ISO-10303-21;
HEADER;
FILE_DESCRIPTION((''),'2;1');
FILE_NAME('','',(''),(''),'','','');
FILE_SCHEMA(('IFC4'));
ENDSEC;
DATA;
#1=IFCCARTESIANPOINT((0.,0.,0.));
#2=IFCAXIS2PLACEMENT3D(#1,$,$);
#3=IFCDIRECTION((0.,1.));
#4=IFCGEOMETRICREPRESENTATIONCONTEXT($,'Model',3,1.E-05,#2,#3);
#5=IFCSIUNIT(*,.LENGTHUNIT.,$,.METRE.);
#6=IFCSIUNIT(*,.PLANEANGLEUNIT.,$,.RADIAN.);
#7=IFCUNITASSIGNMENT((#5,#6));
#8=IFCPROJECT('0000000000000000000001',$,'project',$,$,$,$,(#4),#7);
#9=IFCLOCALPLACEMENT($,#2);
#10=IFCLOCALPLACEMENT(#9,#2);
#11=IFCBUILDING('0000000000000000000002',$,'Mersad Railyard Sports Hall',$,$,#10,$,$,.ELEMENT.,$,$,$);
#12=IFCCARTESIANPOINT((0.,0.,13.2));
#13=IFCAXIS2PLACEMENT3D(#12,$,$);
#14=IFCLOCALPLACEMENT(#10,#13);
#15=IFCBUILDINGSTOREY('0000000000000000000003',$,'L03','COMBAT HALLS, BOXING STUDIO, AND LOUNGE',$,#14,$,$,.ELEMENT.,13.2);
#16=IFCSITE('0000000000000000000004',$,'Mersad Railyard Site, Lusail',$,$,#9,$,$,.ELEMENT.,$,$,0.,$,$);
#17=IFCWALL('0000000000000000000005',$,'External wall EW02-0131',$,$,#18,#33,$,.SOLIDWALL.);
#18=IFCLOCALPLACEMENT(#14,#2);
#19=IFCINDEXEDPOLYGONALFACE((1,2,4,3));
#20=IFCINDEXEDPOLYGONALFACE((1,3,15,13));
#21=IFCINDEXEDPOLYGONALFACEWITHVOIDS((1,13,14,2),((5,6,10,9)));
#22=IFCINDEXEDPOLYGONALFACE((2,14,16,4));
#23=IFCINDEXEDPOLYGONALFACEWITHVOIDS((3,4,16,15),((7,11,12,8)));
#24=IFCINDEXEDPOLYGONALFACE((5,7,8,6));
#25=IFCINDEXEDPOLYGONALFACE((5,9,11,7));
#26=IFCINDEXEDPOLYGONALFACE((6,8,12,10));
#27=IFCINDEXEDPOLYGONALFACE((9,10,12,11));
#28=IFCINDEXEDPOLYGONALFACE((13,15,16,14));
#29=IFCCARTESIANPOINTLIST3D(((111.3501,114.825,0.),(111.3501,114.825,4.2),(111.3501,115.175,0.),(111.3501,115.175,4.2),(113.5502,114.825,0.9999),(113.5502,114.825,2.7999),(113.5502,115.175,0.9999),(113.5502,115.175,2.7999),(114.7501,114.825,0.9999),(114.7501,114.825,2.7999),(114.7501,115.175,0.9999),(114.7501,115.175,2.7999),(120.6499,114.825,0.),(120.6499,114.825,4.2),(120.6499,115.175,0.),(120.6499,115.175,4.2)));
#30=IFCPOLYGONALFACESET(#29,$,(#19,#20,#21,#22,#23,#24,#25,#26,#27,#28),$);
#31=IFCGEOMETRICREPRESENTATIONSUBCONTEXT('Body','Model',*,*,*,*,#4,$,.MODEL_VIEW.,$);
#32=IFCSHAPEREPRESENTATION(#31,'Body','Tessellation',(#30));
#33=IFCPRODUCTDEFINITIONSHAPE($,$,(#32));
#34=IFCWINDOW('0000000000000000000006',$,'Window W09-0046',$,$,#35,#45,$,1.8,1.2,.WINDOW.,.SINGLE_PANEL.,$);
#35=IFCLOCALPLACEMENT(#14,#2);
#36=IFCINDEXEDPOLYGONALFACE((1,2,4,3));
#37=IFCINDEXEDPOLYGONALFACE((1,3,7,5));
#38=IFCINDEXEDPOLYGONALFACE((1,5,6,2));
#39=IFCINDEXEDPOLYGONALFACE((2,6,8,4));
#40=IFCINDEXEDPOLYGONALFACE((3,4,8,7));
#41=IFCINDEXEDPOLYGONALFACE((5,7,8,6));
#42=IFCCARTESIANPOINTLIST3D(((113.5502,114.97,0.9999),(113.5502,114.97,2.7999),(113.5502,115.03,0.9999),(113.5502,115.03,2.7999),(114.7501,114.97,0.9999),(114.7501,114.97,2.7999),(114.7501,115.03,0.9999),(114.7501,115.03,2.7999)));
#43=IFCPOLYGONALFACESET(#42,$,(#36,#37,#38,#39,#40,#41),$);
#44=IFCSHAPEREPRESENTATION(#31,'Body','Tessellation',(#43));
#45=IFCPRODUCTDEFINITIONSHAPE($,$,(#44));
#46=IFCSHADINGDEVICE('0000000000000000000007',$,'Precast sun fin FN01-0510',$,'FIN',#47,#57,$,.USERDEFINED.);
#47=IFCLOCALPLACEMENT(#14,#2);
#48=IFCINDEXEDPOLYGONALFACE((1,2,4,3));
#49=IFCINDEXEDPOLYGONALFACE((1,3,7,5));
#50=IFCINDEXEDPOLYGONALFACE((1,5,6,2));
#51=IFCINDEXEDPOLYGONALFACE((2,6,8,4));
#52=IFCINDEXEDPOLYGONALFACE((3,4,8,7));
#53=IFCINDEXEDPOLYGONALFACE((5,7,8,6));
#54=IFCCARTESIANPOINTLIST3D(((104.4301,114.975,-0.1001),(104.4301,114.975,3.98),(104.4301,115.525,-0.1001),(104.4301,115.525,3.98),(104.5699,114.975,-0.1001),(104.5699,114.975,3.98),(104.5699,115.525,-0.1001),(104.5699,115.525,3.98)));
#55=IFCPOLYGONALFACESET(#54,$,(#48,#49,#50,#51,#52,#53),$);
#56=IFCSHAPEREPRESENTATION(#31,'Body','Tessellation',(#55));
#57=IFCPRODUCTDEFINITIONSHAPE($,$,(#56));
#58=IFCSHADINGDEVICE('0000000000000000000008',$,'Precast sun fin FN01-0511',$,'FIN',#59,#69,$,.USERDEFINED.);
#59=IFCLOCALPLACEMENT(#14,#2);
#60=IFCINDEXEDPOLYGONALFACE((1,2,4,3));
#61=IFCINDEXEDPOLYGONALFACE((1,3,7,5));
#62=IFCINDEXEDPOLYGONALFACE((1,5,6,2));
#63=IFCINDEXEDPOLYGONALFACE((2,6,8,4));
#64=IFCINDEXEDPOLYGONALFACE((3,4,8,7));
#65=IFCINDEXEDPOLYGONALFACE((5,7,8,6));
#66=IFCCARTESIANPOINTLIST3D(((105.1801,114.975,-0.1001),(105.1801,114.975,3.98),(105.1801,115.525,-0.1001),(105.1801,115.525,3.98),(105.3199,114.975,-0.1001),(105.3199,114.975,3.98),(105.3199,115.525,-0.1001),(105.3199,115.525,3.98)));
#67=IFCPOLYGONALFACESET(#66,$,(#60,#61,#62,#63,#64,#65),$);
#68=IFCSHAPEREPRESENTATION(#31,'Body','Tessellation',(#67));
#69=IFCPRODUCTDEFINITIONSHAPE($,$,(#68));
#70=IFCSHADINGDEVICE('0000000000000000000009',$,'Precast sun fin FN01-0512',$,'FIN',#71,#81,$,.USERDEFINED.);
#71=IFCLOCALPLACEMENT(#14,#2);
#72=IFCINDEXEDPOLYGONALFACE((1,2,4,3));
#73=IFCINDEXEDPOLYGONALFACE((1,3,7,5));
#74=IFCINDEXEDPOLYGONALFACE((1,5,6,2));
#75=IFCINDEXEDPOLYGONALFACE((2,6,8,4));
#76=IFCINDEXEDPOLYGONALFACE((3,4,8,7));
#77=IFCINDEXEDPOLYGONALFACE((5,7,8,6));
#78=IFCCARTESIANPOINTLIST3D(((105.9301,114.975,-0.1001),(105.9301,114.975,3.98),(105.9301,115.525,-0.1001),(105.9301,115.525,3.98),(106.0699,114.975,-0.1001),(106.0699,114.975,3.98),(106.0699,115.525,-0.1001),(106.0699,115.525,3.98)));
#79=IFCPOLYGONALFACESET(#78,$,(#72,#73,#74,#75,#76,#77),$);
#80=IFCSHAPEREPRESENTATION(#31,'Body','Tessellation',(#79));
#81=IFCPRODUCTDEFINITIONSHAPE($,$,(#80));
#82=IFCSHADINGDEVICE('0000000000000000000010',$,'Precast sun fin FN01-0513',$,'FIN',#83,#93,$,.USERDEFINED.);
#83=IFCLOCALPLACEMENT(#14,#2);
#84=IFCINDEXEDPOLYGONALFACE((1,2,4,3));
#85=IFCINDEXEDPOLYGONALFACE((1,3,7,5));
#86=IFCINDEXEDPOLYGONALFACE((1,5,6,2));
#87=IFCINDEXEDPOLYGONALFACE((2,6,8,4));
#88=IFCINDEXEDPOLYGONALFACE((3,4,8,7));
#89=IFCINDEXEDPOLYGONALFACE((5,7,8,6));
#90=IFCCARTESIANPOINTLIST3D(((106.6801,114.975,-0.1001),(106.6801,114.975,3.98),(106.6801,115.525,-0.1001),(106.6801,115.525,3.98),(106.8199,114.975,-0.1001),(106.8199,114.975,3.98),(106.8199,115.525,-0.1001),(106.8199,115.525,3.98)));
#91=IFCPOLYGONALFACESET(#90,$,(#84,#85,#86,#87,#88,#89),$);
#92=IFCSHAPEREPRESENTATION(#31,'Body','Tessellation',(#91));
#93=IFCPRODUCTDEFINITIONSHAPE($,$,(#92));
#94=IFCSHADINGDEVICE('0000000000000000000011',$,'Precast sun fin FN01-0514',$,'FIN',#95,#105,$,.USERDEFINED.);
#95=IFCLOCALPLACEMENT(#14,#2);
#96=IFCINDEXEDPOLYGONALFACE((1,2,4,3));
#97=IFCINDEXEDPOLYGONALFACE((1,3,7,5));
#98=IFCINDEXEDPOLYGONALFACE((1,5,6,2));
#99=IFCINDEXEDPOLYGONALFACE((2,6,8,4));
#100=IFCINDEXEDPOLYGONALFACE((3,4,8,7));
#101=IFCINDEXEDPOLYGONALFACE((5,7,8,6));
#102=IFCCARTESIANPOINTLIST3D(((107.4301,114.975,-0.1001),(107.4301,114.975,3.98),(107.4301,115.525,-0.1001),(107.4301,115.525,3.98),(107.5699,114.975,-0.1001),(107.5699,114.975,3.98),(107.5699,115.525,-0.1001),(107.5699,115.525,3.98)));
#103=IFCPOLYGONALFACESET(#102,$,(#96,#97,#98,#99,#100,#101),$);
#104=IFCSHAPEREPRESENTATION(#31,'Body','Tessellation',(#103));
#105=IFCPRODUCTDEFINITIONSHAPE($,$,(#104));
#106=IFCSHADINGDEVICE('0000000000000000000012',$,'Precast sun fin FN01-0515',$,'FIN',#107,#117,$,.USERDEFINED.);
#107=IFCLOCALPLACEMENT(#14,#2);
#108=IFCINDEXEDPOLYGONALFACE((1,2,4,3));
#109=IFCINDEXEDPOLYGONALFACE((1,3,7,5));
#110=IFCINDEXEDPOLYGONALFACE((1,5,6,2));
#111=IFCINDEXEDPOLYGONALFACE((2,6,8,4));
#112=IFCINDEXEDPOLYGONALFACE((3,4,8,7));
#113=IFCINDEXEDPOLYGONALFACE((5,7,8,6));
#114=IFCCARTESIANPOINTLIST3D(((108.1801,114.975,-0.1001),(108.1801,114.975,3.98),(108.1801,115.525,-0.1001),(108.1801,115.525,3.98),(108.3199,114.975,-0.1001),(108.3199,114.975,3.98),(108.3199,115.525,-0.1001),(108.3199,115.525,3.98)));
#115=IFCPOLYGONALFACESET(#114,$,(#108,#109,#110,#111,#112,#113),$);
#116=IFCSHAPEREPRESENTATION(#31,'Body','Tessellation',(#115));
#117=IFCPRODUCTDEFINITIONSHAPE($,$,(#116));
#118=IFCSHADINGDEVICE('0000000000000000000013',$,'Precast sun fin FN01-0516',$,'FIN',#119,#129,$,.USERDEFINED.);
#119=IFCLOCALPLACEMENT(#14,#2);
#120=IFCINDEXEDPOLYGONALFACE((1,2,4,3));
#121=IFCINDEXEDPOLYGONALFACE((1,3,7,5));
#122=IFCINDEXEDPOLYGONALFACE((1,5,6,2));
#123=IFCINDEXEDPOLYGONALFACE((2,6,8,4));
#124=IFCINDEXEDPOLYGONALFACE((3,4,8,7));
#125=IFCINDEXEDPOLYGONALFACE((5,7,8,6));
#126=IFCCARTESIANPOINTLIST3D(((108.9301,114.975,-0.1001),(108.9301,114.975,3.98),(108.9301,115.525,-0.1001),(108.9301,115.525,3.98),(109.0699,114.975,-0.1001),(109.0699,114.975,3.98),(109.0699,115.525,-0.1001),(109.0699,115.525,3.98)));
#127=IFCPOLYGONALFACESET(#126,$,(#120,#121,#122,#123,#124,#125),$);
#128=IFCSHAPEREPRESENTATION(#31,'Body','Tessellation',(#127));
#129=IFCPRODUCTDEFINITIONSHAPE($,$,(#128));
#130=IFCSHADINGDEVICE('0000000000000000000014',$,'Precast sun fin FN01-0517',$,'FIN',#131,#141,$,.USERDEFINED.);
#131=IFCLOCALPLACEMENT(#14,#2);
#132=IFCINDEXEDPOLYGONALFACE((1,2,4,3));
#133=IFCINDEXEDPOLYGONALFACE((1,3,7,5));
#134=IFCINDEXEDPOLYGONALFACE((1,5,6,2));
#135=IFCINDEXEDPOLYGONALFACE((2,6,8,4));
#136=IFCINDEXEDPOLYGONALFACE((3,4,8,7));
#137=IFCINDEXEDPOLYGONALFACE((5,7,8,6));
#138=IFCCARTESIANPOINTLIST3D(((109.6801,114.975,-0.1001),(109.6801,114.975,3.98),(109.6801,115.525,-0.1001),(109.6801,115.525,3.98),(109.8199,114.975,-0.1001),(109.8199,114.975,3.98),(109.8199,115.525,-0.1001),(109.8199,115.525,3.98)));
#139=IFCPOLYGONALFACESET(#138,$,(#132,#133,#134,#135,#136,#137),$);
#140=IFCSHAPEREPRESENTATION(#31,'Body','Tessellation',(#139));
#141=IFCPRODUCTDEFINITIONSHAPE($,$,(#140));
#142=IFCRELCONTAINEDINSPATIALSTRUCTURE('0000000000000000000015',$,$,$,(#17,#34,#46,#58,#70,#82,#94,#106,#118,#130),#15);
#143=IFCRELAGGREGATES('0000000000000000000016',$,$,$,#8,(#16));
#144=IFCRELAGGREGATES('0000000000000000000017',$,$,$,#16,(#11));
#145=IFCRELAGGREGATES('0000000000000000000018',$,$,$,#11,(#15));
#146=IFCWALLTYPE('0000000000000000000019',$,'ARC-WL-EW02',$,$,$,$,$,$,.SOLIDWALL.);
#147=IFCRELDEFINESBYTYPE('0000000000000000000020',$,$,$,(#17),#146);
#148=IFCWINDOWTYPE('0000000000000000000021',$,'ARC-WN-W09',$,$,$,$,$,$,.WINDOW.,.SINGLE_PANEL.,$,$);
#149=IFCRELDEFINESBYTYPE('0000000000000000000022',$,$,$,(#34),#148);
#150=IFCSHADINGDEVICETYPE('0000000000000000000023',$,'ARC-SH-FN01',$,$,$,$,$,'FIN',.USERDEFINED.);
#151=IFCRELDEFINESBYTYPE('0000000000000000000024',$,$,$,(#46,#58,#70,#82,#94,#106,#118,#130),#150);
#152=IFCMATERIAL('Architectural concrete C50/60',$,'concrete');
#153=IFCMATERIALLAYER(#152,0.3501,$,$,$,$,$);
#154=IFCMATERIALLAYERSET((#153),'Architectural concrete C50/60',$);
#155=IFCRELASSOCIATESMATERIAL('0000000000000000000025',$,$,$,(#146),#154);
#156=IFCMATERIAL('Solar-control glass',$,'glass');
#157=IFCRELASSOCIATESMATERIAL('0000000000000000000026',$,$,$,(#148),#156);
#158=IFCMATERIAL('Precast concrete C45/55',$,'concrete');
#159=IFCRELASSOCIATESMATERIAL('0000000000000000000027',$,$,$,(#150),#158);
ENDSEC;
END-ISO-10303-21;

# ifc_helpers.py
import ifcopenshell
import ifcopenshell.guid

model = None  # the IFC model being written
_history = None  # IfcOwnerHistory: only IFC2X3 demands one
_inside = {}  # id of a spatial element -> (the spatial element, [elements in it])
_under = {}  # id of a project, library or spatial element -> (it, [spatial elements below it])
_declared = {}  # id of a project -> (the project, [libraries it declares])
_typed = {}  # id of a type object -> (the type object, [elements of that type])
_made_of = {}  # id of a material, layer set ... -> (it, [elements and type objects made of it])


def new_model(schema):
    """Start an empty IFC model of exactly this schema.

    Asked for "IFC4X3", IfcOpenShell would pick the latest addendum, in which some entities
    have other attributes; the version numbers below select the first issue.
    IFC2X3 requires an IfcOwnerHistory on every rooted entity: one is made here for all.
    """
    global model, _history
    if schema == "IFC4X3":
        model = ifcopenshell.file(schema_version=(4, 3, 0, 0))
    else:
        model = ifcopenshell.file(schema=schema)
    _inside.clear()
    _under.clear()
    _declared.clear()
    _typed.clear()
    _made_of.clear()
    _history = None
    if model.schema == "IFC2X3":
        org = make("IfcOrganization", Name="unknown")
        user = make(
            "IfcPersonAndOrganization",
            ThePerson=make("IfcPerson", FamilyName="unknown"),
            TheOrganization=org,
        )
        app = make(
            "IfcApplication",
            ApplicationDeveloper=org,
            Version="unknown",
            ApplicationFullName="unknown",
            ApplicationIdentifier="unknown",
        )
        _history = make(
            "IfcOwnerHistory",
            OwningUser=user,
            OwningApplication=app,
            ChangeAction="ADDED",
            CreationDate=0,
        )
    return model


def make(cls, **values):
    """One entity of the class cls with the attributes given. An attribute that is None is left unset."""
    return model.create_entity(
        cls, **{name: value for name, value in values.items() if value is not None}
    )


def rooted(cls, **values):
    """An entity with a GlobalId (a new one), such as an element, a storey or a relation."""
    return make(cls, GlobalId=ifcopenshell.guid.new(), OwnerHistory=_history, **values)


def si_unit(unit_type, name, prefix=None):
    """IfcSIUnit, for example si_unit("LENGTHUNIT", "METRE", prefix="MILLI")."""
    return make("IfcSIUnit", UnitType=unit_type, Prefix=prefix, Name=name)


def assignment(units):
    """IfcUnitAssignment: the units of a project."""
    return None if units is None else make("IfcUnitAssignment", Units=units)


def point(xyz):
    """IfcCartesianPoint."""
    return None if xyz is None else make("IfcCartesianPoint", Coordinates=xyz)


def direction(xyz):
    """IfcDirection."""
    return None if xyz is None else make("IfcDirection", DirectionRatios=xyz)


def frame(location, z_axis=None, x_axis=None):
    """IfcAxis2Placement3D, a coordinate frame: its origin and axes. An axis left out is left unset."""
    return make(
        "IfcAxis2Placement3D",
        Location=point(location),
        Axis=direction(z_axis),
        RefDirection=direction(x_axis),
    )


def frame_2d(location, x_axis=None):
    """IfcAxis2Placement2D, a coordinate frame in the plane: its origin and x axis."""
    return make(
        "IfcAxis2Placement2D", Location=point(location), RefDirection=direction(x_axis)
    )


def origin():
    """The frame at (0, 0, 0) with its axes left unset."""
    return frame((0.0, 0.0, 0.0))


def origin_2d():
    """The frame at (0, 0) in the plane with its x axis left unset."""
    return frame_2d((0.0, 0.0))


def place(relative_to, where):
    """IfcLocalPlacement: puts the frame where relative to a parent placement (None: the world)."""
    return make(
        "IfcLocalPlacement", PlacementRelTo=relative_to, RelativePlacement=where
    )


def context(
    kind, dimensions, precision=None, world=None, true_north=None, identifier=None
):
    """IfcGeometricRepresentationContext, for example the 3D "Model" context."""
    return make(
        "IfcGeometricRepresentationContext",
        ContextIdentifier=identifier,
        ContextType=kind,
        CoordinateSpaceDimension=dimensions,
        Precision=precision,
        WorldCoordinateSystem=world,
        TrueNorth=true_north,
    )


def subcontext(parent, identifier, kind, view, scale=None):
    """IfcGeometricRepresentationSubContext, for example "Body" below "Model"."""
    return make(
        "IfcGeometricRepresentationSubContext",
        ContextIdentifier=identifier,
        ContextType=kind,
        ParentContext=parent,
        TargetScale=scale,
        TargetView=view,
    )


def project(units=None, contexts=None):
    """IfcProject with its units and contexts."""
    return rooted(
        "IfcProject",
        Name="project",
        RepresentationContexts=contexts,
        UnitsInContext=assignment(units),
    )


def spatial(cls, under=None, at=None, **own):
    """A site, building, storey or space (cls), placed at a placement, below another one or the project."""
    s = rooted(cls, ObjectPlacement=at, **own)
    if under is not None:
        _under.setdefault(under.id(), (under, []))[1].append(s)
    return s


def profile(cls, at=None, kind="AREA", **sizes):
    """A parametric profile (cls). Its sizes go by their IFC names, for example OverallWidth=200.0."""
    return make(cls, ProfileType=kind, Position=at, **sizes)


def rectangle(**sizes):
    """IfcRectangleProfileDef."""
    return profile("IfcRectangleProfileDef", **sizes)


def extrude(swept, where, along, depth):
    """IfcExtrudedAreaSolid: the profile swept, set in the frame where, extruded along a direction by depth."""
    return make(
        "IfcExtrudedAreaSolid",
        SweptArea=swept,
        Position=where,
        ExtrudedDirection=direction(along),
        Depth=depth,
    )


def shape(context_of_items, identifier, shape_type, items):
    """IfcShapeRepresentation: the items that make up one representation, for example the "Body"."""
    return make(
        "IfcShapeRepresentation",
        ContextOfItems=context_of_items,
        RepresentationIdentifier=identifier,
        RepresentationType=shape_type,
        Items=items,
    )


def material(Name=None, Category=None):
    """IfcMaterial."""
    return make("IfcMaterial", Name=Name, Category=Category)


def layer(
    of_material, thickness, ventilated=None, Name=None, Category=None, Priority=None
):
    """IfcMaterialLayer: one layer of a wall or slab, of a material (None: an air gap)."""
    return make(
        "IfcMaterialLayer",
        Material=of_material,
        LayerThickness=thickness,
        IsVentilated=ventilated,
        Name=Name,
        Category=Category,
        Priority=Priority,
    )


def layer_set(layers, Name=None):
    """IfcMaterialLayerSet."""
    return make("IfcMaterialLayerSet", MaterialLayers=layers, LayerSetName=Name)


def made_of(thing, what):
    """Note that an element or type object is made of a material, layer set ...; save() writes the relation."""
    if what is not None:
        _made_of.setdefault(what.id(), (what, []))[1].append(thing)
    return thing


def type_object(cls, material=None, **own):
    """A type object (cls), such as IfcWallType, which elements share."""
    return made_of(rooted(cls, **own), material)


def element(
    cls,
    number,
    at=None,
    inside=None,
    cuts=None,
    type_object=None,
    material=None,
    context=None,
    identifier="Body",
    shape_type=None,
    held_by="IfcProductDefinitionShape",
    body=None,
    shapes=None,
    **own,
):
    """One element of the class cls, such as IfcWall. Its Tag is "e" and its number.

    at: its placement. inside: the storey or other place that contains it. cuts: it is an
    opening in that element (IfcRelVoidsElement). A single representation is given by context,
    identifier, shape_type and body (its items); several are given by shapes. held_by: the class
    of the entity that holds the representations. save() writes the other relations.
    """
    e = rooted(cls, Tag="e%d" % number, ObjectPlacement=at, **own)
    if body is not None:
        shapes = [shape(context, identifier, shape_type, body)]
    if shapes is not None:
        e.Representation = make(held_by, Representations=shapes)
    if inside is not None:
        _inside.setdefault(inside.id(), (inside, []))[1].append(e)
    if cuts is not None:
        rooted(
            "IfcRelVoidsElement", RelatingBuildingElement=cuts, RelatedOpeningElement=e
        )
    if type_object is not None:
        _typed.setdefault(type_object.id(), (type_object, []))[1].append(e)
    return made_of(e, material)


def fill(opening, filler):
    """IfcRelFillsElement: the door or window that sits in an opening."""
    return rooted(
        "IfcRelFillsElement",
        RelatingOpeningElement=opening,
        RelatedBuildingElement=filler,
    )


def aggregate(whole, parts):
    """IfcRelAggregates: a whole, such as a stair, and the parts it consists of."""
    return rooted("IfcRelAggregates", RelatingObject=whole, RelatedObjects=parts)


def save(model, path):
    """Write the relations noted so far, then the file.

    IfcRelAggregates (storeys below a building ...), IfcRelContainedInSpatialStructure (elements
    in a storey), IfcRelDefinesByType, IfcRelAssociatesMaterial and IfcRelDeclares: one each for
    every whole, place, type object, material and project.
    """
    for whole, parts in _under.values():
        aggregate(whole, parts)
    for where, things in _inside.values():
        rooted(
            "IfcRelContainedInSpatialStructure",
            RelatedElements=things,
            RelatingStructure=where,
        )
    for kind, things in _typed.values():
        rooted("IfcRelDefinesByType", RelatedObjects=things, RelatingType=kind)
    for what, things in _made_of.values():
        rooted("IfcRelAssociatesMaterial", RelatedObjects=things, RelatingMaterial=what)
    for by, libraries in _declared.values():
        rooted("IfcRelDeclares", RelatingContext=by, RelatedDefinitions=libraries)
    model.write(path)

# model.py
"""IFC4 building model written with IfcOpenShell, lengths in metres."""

from ifc_helpers import new_model, si_unit, direction, frame, frame_2d, origin, origin_2d, place, context, subcontext, project, spatial, rectangle, extrude, material, layer, layer_set, type_object, element, fill, save


model = new_model("IFC4")

# Units and contexts
model_context = context("Model", 3, precision=1e-05, world=origin(), true_north=direction((0.0, 1.0)))
body_context = subcontext(model_context, "Body", "Model", "MODEL_VIEW")
ifc_project = project(units=[si_unit("LENGTHUNIT", "METRE"), si_unit("PLANEANGLEUNIT", "RADIAN")], contexts=[model_context])

# Site, building, storey
site_placement = place(None, origin())
site = spatial("IfcSite", under=ifc_project, at=site_placement, Name="Mersad Railyard Site, Lusail", CompositionType="ELEMENT", RefElevation=0.0)
building_placement = place(site_placement, origin())
building = spatial("IfcBuilding", under=site, at=building_placement, Name="Mersad Railyard Sports Hall", CompositionType="ELEMENT")
storey_placement = place(building_placement, frame((0.0, 0.0, 13.2)))
storey = spatial("IfcBuildingStorey", under=building, at=storey_placement, Name="L03", Description="COMBAT HALLS, BOXING STUDIO, AND LOUNGE", CompositionType="ELEMENT", Elevation=13.2)

# Shared definitions
ifc_material_1 = material(Name="Solar-control glass", Category="glass")

# Wall, opening, window
ifc_material_2 = material(Name="Architectural concrete C50/60", Category="concrete")
ifc_layer_1 = layer(ifc_material_2, 0.3501)
ifc_layer_set_1 = layer_set([ifc_layer_1], Name="Architectural concrete C50/60")
wall_type = type_object("IfcWallType", Name="ARC-WL-EW02", PredefinedType="SOLIDWALL", material=ifc_layer_set_1)
wall_placement = place(storey_placement, frame((111.3501, 115.0, 0.0), z_axis=(0.0, 0.0, 1.0), x_axis=(1.0, 0.0, 0.0)))
wall = element("IfcWall", 1, at=wall_placement, inside=storey, type_object=wall_type, Name="External wall EW02-0131", PredefinedType="SOLIDWALL", context=body_context, shape_type="SweptSolid", body=[
    extrude(rectangle(XDim=9.2998, YDim=0.3501, at=frame_2d((4.6499, 0.0))), origin(), (0.0, 0.0, 1.0), 4.2),
])
opening_placement = place(wall_placement, frame((2.2, 0.0, 1.0)))
opening = element("IfcOpeningElement", 2, at=opening_placement, cuts=wall, PredefinedType="OPENING", context=body_context, shape_type="SweptSolid", body=[
    extrude(rectangle(XDim=1.2, YDim=1.8, at=frame_2d((0.6001, 0.8999))), frame((0.0, 0.1851, 0.0), z_axis=(0.0, -1.0, 0.0), x_axis=(1.0, 0.0, 0.0)), (0.0, 0.0, 1.0), 0.3701),
])
window_type = type_object("IfcWindowType", Name="ARC-WN-W09", PartitioningType="SINGLE_PANEL", PredefinedType="WINDOW", material=ifc_material_1)
window_placement = place(opening_placement, origin())
window = element("IfcWindow", 3, at=window_placement, inside=storey, type_object=window_type, Name="Window W09-0046", OverallHeight=1.8, OverallWidth=1.2, PartitioningType="SINGLE_PANEL", PredefinedType="WINDOW", context=body_context, shape_type="SweptSolid", body=[
    extrude(rectangle(XDim=1.2, YDim=1.8, at=frame_2d((0.6001, 0.8999))), frame((0.0, 0.03, 0.0), z_axis=(0.0, -1.0, 0.0), x_axis=(1.0, 0.0, 0.0)), (0.0, 0.0, 1.0), 0.0601),
])
fill(opening, window)

# Shading devices
ifc_material_3 = material(Name="Precast concrete C45/55", Category="concrete")
shading_device_type = type_object("IfcShadingDeviceType", Name="ARC-SH-FN01", ElementType="FIN", PredefinedType="USERDEFINED", material=ifc_material_3)
for number, where, z_axis, x_axis, name in (
    (4, (104.5, 115.25, -0.1001), (0.0, 0.0, 1.0), (1.0, 0.0, 0.0), "Precast sun fin FN01-0510"),
    (5, (105.25, 115.25, -0.1001), (0.0, 0.0, 1.0), (1.0, 0.0, 0.0), "Precast sun fin FN01-0511"),
    (6, (106.0, 115.25, -0.1001), (0.0, 0.0, 1.0), (1.0, 0.0, 0.0), "Precast sun fin FN01-0512"),
    (7, (106.75, 115.25, -0.1001), (0.0, 0.0, 1.0), (1.0, 0.0, 0.0), "Precast sun fin FN01-0513"),
    (8, (107.5, 115.25, -0.1001), (0.0, 0.0, 1.0), (1.0, 0.0, 0.0), "Precast sun fin FN01-0514"),
    (9, (108.25, 115.25, -0.1001), (0.0, 0.0, 1.0), (1.0, 0.0, 0.0), "Precast sun fin FN01-0515"),
    (10, (109.0, 115.25, -0.1001), (0.0, 0.0, 1.0), (1.0, 0.0, 0.0), "Precast sun fin FN01-0516"),
    (11, (109.75, 115.25, -0.1001), (0.0, 0.0, 1.0), (1.0, 0.0, 0.0), "Precast sun fin FN01-0517"),
):
    element("IfcShadingDevice", number, at=place(storey_placement, frame(where, z_axis=z_axis, x_axis=x_axis)), inside=storey, type_object=shading_device_type, Name=name, ObjectType="FIN", PredefinedType="USERDEFINED", context=body_context, shape_type="SweptSolid", body=[
        extrude(rectangle(XDim=0.1399, YDim=0.55, at=origin_2d()), origin(), (0.0, 0.0, 1.0), 4.0801),
    ])

save(model, "model.ifc")
